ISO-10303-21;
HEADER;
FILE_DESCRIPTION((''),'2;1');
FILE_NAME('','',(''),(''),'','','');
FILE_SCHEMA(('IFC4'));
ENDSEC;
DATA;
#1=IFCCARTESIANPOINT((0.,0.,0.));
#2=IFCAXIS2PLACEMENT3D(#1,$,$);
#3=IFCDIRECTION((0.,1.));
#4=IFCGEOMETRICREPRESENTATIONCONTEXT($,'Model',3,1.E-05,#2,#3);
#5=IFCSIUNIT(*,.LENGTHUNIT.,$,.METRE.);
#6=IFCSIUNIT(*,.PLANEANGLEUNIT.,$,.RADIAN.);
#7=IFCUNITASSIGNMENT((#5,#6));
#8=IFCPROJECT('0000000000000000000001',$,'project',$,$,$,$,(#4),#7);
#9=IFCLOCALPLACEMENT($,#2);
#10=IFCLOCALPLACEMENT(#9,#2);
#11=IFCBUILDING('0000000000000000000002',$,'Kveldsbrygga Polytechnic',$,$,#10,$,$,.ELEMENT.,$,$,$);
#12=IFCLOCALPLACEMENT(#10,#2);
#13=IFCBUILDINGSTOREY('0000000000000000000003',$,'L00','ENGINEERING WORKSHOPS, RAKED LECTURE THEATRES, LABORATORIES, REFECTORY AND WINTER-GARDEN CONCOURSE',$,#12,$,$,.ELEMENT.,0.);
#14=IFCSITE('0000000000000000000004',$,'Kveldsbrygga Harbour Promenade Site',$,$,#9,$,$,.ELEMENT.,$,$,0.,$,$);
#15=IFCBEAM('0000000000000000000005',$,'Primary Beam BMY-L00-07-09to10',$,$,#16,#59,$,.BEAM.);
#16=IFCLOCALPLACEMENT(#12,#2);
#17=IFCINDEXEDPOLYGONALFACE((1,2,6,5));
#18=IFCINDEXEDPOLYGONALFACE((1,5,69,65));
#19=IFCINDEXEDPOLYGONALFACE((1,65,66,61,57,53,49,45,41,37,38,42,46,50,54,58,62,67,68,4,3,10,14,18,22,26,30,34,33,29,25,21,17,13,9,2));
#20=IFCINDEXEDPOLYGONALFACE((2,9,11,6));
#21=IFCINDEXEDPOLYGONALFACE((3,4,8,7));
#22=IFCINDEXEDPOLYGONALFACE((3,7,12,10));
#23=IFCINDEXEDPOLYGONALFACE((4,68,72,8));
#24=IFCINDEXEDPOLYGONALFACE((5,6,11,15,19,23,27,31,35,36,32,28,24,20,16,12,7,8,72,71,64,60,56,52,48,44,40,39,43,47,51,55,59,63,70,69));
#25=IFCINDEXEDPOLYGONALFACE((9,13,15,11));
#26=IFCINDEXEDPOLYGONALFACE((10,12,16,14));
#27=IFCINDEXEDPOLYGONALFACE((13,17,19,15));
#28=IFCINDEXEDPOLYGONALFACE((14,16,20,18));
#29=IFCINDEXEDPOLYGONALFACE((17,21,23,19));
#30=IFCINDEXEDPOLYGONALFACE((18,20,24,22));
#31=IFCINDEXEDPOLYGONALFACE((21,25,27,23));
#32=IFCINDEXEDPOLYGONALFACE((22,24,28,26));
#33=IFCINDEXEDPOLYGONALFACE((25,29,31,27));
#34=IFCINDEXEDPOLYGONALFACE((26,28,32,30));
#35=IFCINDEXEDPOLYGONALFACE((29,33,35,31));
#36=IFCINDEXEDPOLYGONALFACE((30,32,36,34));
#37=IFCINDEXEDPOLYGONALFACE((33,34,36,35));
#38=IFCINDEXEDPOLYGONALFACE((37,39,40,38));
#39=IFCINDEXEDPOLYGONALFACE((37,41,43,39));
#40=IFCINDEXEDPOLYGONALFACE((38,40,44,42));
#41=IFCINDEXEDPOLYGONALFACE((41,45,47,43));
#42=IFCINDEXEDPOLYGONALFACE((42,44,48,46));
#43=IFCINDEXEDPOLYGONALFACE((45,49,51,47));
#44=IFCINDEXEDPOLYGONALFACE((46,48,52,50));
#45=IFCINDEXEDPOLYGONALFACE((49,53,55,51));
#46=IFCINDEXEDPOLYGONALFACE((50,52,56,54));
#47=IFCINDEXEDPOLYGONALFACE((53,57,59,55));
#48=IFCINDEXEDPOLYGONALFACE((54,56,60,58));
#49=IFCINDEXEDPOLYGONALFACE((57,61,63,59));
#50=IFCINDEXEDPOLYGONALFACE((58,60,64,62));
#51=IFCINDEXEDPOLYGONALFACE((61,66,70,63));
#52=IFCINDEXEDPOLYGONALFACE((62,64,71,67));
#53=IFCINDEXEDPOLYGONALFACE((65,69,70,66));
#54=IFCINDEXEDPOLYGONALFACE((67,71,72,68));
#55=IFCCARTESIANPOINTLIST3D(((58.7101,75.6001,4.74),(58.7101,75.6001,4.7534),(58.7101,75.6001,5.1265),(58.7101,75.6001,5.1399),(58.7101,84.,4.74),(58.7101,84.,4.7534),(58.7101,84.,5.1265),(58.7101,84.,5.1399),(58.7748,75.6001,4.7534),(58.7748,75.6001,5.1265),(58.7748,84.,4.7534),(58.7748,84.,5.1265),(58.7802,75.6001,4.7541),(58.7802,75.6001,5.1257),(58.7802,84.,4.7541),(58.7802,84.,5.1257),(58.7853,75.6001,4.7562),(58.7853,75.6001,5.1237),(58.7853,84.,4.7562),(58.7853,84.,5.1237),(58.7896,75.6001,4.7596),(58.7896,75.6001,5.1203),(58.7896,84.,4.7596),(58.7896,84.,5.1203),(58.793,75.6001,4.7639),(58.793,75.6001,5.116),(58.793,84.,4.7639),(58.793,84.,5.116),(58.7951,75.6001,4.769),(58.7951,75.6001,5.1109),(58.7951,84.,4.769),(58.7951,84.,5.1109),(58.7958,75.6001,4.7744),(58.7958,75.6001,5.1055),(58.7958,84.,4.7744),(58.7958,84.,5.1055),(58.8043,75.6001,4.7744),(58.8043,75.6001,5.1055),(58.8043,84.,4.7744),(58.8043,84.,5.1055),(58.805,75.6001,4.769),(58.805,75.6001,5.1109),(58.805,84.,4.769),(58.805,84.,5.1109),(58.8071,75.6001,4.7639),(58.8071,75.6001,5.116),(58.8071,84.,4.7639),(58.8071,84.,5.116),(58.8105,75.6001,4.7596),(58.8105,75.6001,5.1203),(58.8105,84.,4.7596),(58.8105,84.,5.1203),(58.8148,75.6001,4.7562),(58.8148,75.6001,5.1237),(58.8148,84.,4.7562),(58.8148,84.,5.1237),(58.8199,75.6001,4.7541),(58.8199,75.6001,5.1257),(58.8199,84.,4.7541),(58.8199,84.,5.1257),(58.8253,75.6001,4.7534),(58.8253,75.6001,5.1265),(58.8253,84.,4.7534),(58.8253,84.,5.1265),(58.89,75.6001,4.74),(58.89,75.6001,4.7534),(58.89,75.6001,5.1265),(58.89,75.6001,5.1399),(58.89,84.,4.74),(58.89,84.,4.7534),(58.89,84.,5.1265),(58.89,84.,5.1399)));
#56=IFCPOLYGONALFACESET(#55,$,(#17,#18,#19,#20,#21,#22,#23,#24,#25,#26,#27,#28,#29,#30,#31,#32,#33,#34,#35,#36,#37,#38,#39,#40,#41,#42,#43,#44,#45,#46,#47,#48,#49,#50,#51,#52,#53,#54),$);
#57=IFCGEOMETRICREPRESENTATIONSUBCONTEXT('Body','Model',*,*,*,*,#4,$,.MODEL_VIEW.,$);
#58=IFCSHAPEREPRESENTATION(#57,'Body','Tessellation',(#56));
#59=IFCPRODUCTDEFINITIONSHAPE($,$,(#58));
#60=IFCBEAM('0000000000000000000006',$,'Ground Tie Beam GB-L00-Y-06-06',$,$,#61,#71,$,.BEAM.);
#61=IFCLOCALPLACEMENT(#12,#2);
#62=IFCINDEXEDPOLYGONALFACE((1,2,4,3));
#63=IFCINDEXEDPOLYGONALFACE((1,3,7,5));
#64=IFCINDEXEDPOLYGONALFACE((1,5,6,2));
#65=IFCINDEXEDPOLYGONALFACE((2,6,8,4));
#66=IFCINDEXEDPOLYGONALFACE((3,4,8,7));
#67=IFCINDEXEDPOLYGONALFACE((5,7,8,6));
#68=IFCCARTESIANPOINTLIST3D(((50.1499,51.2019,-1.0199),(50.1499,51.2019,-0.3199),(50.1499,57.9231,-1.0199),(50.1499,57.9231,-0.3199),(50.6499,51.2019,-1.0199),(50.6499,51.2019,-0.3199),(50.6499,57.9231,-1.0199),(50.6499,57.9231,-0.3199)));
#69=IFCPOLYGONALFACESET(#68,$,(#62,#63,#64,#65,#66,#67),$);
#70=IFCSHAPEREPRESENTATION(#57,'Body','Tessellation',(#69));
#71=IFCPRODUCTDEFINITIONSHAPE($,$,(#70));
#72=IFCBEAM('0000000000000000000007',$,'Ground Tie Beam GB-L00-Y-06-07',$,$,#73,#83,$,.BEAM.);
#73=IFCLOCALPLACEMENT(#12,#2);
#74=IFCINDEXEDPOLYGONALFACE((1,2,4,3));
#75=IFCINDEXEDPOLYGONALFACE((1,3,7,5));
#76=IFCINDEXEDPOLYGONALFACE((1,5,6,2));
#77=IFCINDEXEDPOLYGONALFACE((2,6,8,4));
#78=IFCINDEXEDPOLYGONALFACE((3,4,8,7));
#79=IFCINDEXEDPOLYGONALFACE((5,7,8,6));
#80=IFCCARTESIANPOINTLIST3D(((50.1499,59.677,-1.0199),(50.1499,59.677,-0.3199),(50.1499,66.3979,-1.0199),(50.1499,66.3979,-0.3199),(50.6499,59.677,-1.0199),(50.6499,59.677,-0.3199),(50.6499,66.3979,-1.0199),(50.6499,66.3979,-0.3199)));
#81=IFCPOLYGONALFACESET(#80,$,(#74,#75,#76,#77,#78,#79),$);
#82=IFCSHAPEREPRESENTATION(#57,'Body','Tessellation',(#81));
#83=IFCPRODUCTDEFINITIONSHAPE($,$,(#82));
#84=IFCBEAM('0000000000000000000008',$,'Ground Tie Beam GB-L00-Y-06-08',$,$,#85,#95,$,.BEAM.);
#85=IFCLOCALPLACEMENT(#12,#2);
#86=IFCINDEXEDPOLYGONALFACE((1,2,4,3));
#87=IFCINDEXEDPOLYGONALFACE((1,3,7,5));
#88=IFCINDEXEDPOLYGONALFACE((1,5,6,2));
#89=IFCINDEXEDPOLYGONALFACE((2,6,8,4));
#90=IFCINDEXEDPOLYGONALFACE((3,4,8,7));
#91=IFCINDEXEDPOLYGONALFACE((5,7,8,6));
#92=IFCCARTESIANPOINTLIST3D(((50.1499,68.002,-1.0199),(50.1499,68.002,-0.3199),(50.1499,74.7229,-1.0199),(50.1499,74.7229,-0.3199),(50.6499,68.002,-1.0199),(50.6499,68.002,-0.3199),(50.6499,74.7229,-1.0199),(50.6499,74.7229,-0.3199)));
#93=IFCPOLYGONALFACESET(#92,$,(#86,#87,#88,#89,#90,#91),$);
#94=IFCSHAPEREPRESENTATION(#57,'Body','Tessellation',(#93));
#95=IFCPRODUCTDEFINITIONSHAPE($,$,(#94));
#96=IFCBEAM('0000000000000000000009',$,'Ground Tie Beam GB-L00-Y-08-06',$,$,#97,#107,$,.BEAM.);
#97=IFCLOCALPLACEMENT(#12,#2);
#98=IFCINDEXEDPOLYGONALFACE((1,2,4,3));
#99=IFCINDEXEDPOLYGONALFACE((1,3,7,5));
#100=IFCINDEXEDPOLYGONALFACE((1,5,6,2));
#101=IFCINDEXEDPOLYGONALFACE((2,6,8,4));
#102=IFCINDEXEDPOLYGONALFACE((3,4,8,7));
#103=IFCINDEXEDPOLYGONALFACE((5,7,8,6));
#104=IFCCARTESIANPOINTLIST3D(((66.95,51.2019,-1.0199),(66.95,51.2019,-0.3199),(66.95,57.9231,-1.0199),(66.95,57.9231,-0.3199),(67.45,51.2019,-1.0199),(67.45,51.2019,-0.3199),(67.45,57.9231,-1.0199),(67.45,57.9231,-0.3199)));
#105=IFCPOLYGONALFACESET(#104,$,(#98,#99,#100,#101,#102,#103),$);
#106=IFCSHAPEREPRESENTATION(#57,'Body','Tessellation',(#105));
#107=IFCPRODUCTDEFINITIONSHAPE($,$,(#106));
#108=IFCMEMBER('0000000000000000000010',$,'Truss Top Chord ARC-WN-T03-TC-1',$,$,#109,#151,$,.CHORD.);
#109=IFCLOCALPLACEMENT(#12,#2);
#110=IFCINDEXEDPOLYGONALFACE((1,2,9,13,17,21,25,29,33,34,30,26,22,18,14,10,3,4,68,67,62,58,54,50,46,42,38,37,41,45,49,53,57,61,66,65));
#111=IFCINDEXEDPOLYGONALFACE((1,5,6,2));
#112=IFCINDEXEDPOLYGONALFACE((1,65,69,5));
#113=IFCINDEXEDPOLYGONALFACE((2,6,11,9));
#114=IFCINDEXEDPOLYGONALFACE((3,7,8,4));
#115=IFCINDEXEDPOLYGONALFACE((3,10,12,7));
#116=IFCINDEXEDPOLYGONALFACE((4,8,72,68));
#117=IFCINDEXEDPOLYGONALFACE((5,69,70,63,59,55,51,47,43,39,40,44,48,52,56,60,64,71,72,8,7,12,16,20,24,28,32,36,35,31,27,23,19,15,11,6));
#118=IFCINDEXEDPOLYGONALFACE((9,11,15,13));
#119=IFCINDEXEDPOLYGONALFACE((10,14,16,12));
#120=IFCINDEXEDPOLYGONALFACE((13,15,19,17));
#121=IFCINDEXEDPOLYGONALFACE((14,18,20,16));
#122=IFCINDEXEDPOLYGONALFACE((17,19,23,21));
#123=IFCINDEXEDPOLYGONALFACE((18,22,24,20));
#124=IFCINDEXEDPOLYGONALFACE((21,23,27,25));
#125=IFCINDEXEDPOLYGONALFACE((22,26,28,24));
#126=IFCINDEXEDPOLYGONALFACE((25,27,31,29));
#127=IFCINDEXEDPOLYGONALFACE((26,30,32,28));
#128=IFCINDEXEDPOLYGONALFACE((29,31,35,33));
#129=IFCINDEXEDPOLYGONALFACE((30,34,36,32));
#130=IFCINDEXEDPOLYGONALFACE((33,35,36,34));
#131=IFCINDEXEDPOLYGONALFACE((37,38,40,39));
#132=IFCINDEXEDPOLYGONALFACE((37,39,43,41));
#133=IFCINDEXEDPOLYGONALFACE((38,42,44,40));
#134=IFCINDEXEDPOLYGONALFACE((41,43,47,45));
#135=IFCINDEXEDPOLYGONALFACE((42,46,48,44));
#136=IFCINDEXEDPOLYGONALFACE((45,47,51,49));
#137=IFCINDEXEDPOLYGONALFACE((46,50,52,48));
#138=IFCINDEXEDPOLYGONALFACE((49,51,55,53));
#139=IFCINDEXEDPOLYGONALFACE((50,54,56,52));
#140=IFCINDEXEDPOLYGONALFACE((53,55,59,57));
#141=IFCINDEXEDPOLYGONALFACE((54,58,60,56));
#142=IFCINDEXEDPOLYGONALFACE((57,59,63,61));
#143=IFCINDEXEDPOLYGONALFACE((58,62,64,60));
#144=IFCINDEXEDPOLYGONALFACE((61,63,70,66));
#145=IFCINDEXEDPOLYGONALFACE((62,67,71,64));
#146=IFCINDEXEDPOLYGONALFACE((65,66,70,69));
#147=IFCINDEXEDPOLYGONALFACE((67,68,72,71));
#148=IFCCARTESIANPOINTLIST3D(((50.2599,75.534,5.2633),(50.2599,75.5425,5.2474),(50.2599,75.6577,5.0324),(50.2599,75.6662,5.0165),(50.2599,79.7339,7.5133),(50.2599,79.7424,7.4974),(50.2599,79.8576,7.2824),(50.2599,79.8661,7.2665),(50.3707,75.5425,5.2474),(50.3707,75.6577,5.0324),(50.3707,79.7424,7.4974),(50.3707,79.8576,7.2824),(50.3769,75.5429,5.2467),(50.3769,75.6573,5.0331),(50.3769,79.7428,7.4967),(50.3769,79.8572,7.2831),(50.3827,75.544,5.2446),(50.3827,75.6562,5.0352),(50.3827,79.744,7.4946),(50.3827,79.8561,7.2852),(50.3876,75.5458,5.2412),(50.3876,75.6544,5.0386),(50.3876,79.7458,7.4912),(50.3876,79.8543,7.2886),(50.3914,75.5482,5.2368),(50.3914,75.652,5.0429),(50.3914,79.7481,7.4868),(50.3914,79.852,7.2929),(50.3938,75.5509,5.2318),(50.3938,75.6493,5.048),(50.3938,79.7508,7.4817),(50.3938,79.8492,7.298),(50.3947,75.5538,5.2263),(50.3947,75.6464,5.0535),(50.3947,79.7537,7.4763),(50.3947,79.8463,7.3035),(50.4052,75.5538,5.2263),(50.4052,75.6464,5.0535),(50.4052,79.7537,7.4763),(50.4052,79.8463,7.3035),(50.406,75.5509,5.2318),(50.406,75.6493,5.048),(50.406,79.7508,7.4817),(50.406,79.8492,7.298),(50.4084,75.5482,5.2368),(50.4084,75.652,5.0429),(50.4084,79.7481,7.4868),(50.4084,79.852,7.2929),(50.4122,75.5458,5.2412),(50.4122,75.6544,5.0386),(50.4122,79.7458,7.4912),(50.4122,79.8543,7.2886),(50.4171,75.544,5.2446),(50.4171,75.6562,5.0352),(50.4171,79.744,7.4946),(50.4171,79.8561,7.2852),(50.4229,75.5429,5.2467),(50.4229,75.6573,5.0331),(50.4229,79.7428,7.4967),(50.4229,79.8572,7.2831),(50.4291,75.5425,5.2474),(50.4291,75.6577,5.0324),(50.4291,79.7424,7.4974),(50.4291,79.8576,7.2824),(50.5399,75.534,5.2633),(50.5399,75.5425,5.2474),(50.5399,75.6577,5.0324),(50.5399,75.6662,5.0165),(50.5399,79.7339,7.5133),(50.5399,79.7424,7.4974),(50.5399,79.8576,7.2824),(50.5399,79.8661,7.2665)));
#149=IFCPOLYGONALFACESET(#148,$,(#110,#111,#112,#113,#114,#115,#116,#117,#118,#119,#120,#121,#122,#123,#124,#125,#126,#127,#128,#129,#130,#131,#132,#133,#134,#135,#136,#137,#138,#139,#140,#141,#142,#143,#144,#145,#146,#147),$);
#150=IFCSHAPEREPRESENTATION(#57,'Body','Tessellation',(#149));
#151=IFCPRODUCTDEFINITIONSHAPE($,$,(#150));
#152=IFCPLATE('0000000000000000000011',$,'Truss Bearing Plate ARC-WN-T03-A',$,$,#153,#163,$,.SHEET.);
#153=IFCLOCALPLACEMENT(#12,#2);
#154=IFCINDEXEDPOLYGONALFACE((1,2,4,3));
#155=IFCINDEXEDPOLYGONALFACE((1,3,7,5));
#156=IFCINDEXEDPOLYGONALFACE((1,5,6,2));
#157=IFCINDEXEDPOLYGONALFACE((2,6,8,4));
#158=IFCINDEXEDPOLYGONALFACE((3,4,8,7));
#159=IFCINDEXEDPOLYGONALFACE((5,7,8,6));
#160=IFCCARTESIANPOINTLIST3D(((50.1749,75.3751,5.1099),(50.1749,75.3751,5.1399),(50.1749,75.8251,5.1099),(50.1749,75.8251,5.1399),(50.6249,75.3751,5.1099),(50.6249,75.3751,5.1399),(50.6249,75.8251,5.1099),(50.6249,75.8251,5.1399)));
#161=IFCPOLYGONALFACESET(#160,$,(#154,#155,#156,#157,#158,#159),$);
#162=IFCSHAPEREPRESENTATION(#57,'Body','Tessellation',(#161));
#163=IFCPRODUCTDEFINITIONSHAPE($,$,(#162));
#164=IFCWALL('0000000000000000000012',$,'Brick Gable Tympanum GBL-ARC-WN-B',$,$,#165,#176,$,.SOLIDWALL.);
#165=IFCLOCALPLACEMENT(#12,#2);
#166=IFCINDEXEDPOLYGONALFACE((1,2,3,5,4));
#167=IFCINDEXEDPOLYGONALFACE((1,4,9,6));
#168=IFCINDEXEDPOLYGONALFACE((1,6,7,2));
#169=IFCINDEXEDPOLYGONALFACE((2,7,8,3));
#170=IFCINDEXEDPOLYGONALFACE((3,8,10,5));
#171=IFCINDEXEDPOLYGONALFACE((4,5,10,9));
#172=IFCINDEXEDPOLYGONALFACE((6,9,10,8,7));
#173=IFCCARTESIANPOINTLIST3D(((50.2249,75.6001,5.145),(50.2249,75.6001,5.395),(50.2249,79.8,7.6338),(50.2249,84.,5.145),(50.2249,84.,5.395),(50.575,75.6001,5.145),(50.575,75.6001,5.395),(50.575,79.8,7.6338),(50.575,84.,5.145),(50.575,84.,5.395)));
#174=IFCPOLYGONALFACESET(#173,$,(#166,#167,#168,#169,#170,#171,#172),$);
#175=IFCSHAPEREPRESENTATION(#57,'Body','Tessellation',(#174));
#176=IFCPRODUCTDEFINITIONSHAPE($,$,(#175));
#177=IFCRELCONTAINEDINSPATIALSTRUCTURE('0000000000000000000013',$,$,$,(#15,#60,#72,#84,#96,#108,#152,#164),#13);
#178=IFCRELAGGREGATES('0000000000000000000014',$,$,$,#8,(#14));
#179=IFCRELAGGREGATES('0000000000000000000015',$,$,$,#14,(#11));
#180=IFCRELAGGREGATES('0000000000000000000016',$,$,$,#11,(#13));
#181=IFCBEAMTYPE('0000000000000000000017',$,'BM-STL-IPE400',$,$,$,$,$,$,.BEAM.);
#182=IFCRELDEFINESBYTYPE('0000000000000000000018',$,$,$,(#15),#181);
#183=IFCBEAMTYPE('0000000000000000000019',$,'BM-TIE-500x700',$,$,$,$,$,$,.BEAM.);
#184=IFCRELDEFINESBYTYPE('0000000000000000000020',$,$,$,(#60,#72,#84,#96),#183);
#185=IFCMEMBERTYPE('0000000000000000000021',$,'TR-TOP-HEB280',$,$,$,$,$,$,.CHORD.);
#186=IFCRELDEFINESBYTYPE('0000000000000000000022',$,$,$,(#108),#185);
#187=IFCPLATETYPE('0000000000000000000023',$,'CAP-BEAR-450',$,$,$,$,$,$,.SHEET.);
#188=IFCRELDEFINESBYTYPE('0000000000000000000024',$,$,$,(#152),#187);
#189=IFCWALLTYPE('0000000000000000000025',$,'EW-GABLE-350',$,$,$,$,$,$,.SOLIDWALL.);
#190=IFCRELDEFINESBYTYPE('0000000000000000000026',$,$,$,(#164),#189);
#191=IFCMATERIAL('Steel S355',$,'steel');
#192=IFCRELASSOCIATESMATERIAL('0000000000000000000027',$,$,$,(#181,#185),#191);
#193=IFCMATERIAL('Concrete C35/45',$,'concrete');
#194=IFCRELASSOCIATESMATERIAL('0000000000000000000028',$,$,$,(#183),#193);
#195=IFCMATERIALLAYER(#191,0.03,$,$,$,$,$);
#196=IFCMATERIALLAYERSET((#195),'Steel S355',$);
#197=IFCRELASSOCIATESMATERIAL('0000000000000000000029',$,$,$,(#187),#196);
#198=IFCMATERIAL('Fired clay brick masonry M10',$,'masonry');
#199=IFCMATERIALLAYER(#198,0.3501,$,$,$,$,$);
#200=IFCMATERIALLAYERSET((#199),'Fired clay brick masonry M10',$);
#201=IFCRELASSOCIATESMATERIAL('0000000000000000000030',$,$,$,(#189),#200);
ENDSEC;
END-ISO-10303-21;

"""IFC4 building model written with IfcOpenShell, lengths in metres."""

from ifc_helpers import new_model, si_unit, direction, frame, origin, origin_2d, place, context, subcontext, project, spatial, polyline, rectangle, i_section, outline, extrude, material, layer, layer_set, material_profile, profile_set, type_object, element, save


model = new_model("IFC4")

# Units and contexts
model_context = context("Model", 3, precision=1e-05, world=origin(), true_north=direction((0.0, 1.0)))
body_context = subcontext(model_context, "Body", "Model", "MODEL_VIEW")
ifc_project = project(units=[si_unit("LENGTHUNIT", "METRE"), si_unit("PLANEANGLEUNIT", "RADIAN")], contexts=[model_context])

# Site, building, storey
site_placement = place(None, origin())
site = spatial("IfcSite", under=ifc_project, at=site_placement, Name="Kveldsbrygga Harbour Promenade Site", CompositionType="ELEMENT", RefElevation=0.0)
building_placement = place(site_placement, origin())
building = spatial("IfcBuilding", under=site, at=building_placement, Name="Kveldsbrygga Polytechnic", CompositionType="ELEMENT")
storey_placement = place(building_placement, origin())
storey = spatial("IfcBuildingStorey", under=building, at=storey_placement, Name="L00", Description="ENGINEERING WORKSHOPS, RAKED LECTURE THEATRES, LABORATORIES, REFECTORY AND WINTER-GARDEN CONCOURSE", CompositionType="ELEMENT", Elevation=0.0)

# Shared definitions
ifc_material_1 = material(Name="Steel S355", Category="steel")

# Beams
ifc_material_2 = material(Name="Concrete C35/45", Category="concrete")
ifc_material_profile_1 = material_profile(ifc_material_1, i_section(OverallWidth=0.1799, OverallDepth=0.3999, WebThickness=0.0085, FlangeThickness=0.0134, FilletRadius=0.021, at=origin_2d()), Name="IPE 400")
ifc_profile_set_1 = profile_set([ifc_material_profile_1], Name="Steel S355")
beam_type_1 = type_object("IfcBeamType", Name="BM-STL-IPE400", PredefinedType="BEAM", material=ifc_profile_set_1)
beam_1_placement = place(storey_placement, frame((58.8, 75.6001, 4.9399), z_axis=(0.0, 1.0, 0.0), x_axis=(-1.0, 0.0, 0.0)))
element("IfcBeam", 1, at=beam_1_placement, inside=storey, type_object=beam_type_1, Name="Primary Beam BMY-L00-07-09to10", PredefinedType="BEAM", context=body_context, shape_type="SweptSolid", body=[
    extrude(i_section(OverallWidth=0.1799, OverallDepth=0.3999, WebThickness=0.0085, FlangeThickness=0.0134, FilletRadius=0.021, at=origin_2d()), origin(), (0.0, 0.0, 1.0), 8.3999),
])
ifc_material_profile_2 = material_profile(ifc_material_2, rectangle(XDim=0.5, YDim=0.7, at=origin_2d()), Name="RC 500x700")
ifc_profile_set_2 = profile_set([ifc_material_profile_2], Name="Concrete C35/45")
beam_type_2 = type_object("IfcBeamType", Name="BM-TIE-500x700", PredefinedType="BEAM", material=ifc_profile_set_2)
beam_2_placement = place(storey_placement, frame((50.3999, 51.2019, -0.6699), z_axis=(0.0, 1.0, 0.0), x_axis=(-1.0, 0.0, 0.0)))
element("IfcBeam", 2, at=beam_2_placement, inside=storey, type_object=beam_type_2, Name="Ground Tie Beam GB-L00-Y-06-06", PredefinedType="BEAM", context=body_context, shape_type="SweptSolid", body=[
    extrude(rectangle(XDim=0.5, YDim=0.7, at=origin_2d()), origin(), (0.0, 0.0, 1.0), 6.7212),
])
for number, where, z_axis, x_axis, name in (
    (3, (50.3999, 59.677, -0.6699), (0.0, 1.0, 0.0), (-1.0, 0.0, 0.0), "Ground Tie Beam GB-L00-Y-06-07"),
    (4, (50.3999, 68.002, -0.6699), (0.0, 1.0, 0.0), (-1.0, 0.0, 0.0), "Ground Tie Beam GB-L00-Y-06-08"),
):
    element("IfcBeam", number, at=place(storey_placement, frame(where, z_axis=z_axis, x_axis=x_axis)), inside=storey, type_object=beam_type_2, Name=name, PredefinedType="BEAM", context=body_context, shape_type="SweptSolid", body=[
        extrude(rectangle(XDim=0.5, YDim=0.7, at=origin_2d()), origin(), (0.0, 0.0, 1.0), 6.7209),
    ])
beam_3_placement = place(storey_placement, frame((67.2, 51.2019, -0.6699), z_axis=(0.0, 1.0, 0.0), x_axis=(-1.0, 0.0, 0.0)))
element("IfcBeam", 5, at=beam_3_placement, inside=storey, type_object=beam_type_2, Name="Ground Tie Beam GB-L00-Y-08-06", PredefinedType="BEAM", context=body_context, shape_type="SweptSolid", body=[
    extrude(rectangle(XDim=0.5, YDim=0.7, at=origin_2d()), origin(), (0.0, 0.0, 1.0), 6.7212),
])

# Member
ifc_material_profile_3 = material_profile(ifc_material_1, i_section(OverallWidth=0.28, OverallDepth=0.28, WebThickness=0.0105, FlangeThickness=0.0181, FilletRadius=0.0239, at=origin_2d()), Name="HEB 280")
ifc_profile_set_3 = profile_set([ifc_material_profile_3], Name="Steel S355")
member_type = type_object("IfcMemberType", Name="TR-TOP-HEB280", PredefinedType="CHORD", material=ifc_profile_set_3)
member_placement = place(storey_placement, frame((50.3999, 75.6001, 5.1399), z_axis=(0.0, 0.881478, 0.472226), x_axis=(-1.0, 0.0, 0.0)))
element("IfcMember", 6, at=member_placement, inside=storey, type_object=member_type, Name="Truss Top Chord ARC-WN-T03-TC-1", PredefinedType="CHORD", context=body_context, shape_type="SweptSolid", body=[
    extrude(i_section(OverallWidth=0.28, OverallDepth=0.28, WebThickness=0.0105, FlangeThickness=0.0181, FilletRadius=0.0239, at=origin_2d()), origin(), (0.0, 0.0, 1.0), 4.7646),
])

# Plate
ifc_layer_1 = layer(ifc_material_1, 0.03)
ifc_layer_set_1 = layer_set([ifc_layer_1], Name="Steel S355")
plate_type = type_object("IfcPlateType", Name="CAP-BEAR-450", PredefinedType="SHEET", material=ifc_layer_set_1)
plate_placement = place(storey_placement, frame((50.3999, 75.6001, 5.1099), z_axis=(0.0, 0.0, 1.0), x_axis=(1.0, 0.0, 0.0)))
element("IfcPlate", 7, at=plate_placement, inside=storey, type_object=plate_type, Name="Truss Bearing Plate ARC-WN-T03-A", PredefinedType="SHEET", context=body_context, shape_type="SweptSolid", body=[
    extrude(rectangle(XDim=0.45, YDim=0.45, at=origin_2d()), origin(), (0.0, 0.0, 1.0), 0.03),
])

# Wall
ifc_material_3 = material(Name="Fired clay brick masonry M10", Category="masonry")
ifc_layer_2 = layer(ifc_material_3, 0.3501)
ifc_layer_set_2 = layer_set([ifc_layer_2], Name="Fired clay brick masonry M10")
wall_type = type_object("IfcWallType", Name="EW-GABLE-350", PredefinedType="SOLIDWALL", material=ifc_layer_set_2)
wall_placement = place(storey_placement, frame((50.3999, 75.6001, 5.145), z_axis=(0.0, 0.0, 1.0), x_axis=(0.0, 1.0, 0.0)))
element("IfcWall", 8, at=wall_placement, inside=storey, type_object=wall_type, Name="Brick Gable Tympanum GBL-ARC-WN-B", PredefinedType="SOLIDWALL", context=body_context, shape_type="SweptSolid", body=[
    extrude(outline(polyline([(0.0, 0.0), (8.3999, 0.0), (8.3999, 0.25), (4.2, 2.4888), (0.0, 0.25), (0.0, 0.0)])), frame((0.0, 0.175, 0.0), z_axis=(0.0, -1.0, 0.0), x_axis=(1.0, 0.0, 0.0)), (0.0, 0.0, 1.0), 0.3501),
])

save(model, "model.ifc")
